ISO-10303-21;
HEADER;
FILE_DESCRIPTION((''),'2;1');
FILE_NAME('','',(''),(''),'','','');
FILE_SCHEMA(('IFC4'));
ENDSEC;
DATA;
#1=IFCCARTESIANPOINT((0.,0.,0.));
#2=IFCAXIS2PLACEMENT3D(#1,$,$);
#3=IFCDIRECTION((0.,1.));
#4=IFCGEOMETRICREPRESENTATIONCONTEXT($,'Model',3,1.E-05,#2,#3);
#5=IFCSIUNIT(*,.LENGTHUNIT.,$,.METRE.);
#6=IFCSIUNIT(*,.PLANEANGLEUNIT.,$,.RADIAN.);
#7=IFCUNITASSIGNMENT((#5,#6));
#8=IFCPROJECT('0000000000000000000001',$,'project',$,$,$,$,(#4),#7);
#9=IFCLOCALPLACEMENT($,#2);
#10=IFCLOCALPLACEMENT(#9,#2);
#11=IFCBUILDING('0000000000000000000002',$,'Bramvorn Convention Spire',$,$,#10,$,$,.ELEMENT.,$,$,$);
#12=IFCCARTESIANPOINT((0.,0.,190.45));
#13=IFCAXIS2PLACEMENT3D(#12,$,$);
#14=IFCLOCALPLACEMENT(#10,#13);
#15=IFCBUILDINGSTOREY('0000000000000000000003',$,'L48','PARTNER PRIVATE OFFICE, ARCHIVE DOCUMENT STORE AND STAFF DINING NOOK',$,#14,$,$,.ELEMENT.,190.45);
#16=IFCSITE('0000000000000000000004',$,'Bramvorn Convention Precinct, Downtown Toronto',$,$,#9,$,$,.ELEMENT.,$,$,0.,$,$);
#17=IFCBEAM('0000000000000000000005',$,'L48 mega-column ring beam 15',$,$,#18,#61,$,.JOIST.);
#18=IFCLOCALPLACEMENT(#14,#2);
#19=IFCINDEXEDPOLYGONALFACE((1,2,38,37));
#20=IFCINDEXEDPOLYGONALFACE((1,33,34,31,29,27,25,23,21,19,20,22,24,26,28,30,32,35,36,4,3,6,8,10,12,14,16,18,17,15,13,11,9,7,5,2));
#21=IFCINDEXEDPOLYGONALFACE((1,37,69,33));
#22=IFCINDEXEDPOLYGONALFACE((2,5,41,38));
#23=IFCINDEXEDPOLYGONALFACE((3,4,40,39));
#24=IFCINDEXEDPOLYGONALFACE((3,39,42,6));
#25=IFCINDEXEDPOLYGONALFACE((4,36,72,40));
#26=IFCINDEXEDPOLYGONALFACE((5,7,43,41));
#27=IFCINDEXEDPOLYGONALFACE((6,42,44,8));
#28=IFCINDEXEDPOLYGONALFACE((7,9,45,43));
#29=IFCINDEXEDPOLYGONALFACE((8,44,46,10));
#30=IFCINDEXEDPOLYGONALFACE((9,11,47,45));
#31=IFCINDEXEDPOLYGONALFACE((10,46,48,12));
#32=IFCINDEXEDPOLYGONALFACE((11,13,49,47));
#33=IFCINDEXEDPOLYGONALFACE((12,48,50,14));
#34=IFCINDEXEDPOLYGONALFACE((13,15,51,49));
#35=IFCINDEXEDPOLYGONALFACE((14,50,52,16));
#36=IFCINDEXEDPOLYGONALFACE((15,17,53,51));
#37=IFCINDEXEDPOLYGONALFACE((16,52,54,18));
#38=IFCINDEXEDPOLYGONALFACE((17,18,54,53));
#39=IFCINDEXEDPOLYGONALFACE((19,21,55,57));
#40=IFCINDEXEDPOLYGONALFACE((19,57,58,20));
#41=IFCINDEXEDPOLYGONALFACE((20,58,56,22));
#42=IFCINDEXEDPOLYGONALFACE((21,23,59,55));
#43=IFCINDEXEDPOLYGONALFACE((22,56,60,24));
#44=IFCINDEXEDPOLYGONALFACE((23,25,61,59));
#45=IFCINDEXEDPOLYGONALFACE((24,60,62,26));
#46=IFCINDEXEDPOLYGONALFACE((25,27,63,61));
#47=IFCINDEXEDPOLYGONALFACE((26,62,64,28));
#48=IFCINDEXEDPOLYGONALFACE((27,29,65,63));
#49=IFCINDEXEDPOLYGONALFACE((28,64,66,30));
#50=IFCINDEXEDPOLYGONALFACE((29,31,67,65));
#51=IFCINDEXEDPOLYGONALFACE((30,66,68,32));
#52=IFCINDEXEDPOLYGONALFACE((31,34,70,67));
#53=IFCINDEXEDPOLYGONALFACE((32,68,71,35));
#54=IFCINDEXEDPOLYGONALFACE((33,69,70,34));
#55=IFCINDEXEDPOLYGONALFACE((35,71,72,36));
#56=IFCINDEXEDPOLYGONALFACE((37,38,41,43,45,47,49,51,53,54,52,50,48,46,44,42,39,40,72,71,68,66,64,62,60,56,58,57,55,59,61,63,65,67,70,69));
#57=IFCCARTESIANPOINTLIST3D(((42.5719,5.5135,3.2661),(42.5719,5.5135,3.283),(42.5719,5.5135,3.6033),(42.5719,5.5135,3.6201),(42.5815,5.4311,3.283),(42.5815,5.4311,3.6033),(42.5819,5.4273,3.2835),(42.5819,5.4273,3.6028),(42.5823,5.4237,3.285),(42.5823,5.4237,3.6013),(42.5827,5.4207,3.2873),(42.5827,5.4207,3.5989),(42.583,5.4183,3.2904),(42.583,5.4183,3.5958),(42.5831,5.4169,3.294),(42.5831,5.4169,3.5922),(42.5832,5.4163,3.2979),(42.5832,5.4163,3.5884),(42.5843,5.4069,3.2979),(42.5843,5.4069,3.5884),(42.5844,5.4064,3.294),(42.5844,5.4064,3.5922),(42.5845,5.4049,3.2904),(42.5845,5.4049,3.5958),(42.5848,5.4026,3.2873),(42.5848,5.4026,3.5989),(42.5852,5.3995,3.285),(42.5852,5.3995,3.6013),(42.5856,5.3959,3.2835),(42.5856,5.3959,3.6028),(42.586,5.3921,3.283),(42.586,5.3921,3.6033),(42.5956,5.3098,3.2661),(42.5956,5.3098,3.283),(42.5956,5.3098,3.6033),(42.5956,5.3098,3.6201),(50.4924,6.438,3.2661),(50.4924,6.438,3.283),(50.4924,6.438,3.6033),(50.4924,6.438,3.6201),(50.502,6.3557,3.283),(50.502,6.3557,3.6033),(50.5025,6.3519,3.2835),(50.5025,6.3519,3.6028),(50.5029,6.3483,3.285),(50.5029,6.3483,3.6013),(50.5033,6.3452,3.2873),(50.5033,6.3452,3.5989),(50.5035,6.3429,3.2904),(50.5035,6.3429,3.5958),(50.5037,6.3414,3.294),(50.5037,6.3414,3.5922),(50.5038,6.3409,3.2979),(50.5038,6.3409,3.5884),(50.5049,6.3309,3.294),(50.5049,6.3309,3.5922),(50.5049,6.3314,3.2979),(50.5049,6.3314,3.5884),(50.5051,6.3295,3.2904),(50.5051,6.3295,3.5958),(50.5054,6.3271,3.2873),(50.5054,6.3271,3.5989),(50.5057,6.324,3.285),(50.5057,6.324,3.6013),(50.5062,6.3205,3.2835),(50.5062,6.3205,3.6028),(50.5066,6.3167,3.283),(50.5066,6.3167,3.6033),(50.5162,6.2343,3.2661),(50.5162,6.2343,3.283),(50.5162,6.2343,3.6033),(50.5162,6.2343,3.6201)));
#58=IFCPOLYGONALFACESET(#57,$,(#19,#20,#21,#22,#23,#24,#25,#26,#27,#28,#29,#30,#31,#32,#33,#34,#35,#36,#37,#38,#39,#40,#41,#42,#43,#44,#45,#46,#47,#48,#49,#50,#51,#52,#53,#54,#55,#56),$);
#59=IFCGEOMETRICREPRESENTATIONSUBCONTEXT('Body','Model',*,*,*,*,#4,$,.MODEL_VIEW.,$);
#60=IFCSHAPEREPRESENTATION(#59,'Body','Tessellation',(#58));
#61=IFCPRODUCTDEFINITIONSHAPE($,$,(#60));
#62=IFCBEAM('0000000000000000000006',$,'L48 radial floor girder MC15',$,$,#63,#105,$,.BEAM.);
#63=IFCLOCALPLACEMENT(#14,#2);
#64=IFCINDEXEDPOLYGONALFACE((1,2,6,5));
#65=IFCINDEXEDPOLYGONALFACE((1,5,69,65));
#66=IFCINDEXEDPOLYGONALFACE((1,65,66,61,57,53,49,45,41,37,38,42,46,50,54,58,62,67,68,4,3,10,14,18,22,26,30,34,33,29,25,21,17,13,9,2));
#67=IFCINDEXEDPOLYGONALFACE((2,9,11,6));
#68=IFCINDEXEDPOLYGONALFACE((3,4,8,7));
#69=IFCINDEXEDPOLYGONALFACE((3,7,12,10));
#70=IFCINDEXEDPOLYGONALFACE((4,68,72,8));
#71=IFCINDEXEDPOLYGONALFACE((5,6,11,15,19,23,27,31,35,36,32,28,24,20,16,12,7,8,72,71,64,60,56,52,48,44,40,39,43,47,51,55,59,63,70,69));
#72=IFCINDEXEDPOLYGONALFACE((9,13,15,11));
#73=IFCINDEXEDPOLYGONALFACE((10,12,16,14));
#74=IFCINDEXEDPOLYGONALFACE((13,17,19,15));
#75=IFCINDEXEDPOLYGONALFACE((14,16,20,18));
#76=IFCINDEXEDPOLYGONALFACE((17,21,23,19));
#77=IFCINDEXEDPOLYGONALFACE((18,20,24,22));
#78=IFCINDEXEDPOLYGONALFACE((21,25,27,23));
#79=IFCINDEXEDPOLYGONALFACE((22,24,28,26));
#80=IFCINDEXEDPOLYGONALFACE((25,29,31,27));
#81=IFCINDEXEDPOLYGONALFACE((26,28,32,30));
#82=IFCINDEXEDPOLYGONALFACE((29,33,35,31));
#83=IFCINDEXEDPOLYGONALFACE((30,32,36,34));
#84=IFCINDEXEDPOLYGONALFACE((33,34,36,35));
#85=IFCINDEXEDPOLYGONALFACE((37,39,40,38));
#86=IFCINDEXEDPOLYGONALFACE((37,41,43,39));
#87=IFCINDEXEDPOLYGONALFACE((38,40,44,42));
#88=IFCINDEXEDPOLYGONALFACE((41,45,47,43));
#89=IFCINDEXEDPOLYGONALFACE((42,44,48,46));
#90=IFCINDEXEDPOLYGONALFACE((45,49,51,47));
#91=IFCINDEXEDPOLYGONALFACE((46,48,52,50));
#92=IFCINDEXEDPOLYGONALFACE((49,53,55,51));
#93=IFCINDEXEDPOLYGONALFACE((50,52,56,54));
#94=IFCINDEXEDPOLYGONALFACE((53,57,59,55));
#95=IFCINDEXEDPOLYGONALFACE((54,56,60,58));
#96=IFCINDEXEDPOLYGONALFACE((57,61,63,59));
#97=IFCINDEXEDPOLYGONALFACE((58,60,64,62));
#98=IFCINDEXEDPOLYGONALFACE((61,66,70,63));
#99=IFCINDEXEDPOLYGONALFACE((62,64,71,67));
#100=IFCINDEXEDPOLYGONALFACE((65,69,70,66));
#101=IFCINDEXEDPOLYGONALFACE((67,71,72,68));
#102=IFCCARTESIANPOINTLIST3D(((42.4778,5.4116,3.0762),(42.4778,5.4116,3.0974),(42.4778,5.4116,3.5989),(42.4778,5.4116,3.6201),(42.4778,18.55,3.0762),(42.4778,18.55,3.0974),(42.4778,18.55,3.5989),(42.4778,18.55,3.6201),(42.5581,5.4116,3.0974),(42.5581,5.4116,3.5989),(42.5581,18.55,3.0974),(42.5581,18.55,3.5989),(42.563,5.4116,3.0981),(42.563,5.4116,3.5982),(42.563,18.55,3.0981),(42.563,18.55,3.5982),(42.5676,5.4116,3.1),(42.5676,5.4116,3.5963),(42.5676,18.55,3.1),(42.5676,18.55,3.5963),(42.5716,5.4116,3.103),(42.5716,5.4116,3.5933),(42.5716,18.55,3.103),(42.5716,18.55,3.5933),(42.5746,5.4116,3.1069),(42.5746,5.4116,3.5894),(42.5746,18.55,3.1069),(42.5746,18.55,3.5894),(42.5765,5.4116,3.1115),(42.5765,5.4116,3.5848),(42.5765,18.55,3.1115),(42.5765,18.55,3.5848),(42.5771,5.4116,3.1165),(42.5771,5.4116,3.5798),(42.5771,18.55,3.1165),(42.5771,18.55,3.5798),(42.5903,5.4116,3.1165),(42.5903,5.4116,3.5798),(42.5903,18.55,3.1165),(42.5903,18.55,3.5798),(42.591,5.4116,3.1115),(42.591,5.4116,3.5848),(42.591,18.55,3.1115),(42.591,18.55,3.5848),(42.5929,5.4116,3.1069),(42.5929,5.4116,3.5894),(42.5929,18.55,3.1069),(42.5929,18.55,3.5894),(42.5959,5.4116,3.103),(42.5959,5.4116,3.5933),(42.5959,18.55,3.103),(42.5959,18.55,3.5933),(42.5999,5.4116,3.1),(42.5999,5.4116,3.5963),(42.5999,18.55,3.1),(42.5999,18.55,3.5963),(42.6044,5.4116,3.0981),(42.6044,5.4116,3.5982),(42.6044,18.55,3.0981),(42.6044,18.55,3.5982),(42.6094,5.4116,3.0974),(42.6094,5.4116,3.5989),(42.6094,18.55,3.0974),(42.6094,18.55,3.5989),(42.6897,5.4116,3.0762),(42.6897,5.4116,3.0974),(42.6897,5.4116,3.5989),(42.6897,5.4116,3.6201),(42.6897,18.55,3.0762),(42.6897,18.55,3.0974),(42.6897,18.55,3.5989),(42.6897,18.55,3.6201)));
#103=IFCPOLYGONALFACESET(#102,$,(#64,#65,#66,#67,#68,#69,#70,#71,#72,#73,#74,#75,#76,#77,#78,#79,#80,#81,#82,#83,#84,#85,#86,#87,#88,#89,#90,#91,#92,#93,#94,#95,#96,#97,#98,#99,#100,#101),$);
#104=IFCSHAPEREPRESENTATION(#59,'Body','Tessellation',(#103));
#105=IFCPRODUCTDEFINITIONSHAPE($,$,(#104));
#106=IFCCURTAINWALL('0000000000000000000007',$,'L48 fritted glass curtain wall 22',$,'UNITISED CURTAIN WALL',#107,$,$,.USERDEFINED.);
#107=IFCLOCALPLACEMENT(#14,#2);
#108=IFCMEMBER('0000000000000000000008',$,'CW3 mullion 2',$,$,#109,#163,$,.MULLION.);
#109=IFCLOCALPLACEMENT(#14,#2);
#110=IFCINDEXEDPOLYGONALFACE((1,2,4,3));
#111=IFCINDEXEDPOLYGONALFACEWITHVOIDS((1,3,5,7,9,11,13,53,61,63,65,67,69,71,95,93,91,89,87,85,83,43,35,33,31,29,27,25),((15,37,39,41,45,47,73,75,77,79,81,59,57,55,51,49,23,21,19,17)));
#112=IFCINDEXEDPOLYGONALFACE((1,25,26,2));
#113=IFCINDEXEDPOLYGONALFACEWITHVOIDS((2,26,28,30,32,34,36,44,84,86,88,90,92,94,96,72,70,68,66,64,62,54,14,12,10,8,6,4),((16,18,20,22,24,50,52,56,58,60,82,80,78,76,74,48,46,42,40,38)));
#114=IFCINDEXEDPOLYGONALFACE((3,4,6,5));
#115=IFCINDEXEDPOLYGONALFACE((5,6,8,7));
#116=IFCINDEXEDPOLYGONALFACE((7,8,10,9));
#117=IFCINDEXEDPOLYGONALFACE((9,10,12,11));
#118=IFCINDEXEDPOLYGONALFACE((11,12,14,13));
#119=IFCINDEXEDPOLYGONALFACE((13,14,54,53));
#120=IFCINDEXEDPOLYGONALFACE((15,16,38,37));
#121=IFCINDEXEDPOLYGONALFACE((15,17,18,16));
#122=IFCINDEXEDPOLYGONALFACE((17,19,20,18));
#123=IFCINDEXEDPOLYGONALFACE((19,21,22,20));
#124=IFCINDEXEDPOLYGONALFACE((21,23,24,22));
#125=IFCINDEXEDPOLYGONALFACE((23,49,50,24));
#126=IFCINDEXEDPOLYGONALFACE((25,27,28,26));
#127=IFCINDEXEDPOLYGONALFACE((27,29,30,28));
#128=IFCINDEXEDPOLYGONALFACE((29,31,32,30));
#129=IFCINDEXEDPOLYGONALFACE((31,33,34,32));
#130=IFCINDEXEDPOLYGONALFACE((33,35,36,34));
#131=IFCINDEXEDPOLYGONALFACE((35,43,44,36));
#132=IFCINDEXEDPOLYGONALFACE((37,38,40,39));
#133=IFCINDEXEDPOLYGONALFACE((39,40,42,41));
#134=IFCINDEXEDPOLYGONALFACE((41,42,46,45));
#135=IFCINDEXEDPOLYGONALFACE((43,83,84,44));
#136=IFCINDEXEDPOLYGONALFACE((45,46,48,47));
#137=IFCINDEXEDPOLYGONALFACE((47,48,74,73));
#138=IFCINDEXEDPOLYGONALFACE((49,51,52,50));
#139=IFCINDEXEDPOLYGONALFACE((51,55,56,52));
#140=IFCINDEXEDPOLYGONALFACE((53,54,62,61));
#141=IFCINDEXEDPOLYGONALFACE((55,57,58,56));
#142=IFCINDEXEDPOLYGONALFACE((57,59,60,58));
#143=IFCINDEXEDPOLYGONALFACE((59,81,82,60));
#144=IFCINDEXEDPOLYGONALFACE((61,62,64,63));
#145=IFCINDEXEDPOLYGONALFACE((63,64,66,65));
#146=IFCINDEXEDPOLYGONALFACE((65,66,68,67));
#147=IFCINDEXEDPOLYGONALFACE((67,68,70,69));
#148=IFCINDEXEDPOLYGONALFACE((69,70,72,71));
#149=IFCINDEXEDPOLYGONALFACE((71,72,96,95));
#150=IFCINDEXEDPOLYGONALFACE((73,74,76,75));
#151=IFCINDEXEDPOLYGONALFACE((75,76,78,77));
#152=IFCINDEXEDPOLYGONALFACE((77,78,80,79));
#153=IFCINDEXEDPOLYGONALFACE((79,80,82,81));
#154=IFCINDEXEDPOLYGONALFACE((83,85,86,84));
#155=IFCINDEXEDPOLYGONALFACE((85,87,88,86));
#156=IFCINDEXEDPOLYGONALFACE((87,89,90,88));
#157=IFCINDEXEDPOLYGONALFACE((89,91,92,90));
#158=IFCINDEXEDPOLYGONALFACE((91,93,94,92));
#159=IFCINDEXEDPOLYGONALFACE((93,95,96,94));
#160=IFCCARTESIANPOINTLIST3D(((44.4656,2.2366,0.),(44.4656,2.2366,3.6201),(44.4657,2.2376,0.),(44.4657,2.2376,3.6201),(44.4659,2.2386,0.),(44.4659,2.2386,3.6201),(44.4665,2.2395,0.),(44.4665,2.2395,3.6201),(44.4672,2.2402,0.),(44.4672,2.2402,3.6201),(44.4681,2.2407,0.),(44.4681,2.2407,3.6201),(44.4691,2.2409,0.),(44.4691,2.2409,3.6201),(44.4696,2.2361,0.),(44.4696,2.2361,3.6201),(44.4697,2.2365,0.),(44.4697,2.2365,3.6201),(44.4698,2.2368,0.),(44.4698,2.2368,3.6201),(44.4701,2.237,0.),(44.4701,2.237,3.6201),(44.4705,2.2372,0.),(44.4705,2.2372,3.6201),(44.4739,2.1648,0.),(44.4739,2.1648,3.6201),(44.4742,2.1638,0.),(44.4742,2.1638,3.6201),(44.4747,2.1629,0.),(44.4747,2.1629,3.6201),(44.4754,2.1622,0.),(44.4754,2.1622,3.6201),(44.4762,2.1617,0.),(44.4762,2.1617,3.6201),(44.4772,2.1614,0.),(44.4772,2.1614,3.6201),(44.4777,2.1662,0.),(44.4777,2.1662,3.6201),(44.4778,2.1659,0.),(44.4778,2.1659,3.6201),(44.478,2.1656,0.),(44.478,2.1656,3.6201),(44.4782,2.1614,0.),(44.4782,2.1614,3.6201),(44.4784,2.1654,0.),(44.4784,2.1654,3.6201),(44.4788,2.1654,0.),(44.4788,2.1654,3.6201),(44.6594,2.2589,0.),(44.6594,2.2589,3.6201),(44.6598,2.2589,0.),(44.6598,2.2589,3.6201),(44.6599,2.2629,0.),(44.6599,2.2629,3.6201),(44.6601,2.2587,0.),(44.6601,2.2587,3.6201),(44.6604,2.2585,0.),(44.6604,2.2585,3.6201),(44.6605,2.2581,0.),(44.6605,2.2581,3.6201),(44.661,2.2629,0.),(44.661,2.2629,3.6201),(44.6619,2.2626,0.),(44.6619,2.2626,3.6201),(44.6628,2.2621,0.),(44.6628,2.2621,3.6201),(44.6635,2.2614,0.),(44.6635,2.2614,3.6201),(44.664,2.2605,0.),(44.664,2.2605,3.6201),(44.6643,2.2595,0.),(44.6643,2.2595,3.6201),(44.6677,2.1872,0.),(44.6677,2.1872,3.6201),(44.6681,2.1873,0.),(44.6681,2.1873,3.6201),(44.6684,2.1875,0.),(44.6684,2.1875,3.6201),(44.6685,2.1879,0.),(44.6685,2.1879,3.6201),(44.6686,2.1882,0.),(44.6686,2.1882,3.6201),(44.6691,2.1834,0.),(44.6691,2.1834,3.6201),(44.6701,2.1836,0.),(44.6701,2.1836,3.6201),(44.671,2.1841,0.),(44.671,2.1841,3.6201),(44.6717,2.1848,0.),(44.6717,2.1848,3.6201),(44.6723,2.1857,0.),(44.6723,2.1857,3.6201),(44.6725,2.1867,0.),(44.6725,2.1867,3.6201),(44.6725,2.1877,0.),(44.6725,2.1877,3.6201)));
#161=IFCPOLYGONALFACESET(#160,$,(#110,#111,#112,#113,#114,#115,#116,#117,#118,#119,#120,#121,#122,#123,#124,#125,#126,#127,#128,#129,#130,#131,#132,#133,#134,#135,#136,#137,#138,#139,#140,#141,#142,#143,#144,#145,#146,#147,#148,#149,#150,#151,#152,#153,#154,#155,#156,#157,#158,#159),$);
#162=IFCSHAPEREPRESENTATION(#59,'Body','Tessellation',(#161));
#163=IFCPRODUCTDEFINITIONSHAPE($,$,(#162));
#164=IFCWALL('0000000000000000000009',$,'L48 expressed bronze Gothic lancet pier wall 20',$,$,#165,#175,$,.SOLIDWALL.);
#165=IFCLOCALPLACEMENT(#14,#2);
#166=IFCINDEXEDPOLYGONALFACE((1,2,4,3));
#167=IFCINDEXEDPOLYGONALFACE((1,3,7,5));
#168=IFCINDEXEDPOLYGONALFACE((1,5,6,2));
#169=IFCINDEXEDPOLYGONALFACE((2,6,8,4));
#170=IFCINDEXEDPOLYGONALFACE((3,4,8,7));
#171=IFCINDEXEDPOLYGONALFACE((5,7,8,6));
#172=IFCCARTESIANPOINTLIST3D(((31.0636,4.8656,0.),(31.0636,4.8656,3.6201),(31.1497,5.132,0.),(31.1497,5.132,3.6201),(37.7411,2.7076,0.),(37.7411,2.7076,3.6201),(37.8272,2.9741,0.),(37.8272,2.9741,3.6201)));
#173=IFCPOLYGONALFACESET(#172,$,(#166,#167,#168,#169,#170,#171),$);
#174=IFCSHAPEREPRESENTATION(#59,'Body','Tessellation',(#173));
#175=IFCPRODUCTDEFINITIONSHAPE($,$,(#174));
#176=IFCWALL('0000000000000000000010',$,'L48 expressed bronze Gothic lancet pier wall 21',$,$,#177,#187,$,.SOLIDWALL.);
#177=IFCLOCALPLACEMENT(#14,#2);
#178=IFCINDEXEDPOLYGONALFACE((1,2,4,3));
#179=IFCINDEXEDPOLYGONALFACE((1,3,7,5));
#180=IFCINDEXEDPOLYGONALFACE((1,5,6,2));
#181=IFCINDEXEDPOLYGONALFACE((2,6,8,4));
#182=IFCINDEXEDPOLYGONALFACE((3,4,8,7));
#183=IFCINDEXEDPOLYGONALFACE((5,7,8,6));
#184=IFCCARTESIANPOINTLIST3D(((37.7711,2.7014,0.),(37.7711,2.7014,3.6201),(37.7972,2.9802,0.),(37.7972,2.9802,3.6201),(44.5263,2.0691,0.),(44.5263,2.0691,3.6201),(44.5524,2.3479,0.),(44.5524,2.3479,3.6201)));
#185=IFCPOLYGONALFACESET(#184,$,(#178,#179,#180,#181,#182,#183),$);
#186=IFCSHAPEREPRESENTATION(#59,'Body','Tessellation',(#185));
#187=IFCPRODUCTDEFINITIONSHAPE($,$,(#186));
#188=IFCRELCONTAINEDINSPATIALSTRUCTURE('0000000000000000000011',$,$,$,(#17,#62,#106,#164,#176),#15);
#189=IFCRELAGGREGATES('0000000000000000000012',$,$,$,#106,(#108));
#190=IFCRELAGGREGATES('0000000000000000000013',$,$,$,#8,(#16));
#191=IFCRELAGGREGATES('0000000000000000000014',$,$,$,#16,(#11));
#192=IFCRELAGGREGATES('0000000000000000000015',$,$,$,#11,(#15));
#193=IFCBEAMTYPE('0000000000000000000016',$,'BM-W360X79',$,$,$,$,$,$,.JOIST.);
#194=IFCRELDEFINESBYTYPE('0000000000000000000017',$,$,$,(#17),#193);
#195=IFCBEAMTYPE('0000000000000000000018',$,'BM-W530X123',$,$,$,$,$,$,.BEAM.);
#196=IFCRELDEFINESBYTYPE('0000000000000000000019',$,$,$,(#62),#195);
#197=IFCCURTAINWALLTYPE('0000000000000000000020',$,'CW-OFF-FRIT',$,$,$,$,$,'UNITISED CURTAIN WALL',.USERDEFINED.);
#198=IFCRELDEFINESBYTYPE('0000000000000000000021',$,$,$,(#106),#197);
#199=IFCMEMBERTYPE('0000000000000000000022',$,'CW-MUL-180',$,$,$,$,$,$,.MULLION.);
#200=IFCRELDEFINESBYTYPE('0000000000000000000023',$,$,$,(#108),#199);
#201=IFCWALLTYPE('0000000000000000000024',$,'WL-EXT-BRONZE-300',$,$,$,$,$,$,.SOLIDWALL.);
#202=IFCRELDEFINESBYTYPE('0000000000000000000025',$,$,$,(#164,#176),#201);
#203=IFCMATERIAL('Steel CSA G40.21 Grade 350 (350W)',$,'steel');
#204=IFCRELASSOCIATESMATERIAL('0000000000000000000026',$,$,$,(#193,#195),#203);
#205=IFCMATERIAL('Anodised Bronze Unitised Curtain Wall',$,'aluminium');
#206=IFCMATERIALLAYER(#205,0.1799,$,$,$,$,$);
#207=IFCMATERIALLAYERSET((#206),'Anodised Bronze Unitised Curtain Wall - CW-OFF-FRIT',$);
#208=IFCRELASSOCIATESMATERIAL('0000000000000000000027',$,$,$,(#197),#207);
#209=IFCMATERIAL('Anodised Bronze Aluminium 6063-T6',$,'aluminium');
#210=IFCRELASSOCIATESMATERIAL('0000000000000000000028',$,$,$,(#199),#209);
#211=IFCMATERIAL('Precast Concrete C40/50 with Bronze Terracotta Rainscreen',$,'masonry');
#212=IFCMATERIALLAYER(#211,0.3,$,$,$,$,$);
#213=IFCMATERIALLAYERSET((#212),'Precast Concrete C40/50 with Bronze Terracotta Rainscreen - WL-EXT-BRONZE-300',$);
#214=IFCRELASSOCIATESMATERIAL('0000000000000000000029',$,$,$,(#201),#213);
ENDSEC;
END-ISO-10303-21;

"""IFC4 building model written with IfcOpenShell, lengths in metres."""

from ifc_helpers import new_model, si_unit, direction, frame, frame_2d, origin, origin_2d, place, context, subcontext, project, spatial, rectangle, hollow_rectangle, i_section, extrude, material, layer, layer_set, material_profile, profile_set, type_object, element, aggregate, save


model = new_model("IFC4")

# Units and contexts
model_context = context("Model", 3, precision=1e-05, world=origin(), true_north=direction((0.0, 1.0)))
body_context = subcontext(model_context, "Body", "Model", "MODEL_VIEW")
ifc_project = project(units=[si_unit("LENGTHUNIT", "METRE"), si_unit("PLANEANGLEUNIT", "RADIAN")], contexts=[model_context])

# Site, building, storey
site_placement = place(None, origin())
site = spatial("IfcSite", under=ifc_project, at=site_placement, Name="Bramvorn Convention Precinct, Downtown Toronto", CompositionType="ELEMENT", RefElevation=0.0)
building_placement = place(site_placement, origin())
building = spatial("IfcBuilding", under=site, at=building_placement, Name="Bramvorn Convention Spire", CompositionType="ELEMENT")
storey_placement = place(building_placement, frame((0.0, 0.0, 190.45)))
storey = spatial("IfcBuildingStorey", under=building, at=storey_placement, Name="L48", Description="PARTNER PRIVATE OFFICE, ARCHIVE DOCUMENT STORE AND STAFF DINING NOOK", CompositionType="ELEMENT", Elevation=190.45)

# Shared definitions
ifc_material_1 = material(Name="Steel CSA G40.21 Grade 350 (350W)", Category="steel")

# Beams
ifc_material_profile_1 = material_profile(ifc_material_1, i_section(OverallWidth=0.2051, OverallDepth=0.354, WebThickness=0.0095, FlangeThickness=0.0168, FilletRadius=0.0149, at=origin_2d()))
ifc_profile_set_1 = profile_set([ifc_material_profile_1], Name="Steel CSA G40.21 Grade 350 (350W) - W360X79")
beam_type_1 = type_object("IfcBeamType", Name="BM-W360X79", PredefinedType="JOIST", material=ifc_profile_set_1)
beam_1_placement = place(storey_placement, frame((42.5837, 5.4116, 3.4431), z_axis=(0.993256, 0.115941, 0.0), x_axis=(-0.115941, 0.993256, 0.0)))
element("IfcBeam", 1, at=beam_1_placement, inside=storey, type_object=beam_type_1, Name="L48 mega-column ring beam 15", PredefinedType="JOIST", context=body_context, shape_type="SweptSolid", body=[
    extrude(i_section(OverallWidth=0.2051, OverallDepth=0.354, WebThickness=0.0095, FlangeThickness=0.0168, FilletRadius=0.0149, at=origin_2d()), origin(), (0.0, 0.0, 1.0), 7.9744),
])
ifc_material_profile_2 = material_profile(ifc_material_1, i_section(OverallWidth=0.2119, OverallDepth=0.5439, WebThickness=0.0132, FlangeThickness=0.0212, FilletRadius=0.019, at=origin_2d()))
ifc_profile_set_2 = profile_set([ifc_material_profile_2], Name="Steel CSA G40.21 Grade 350 (350W) - W530X123")
beam_type_2 = type_object("IfcBeamType", Name="BM-W530X123", PredefinedType="BEAM", material=ifc_profile_set_2)
beam_2_placement = place(storey_placement, frame((42.5837, 18.55, 3.3481), z_axis=(0.0, -1.0, 0.0), x_axis=(1.0, 0.0, 0.0)))
element("IfcBeam", 2, at=beam_2_placement, inside=storey, type_object=beam_type_2, Name="L48 radial floor girder MC15", PredefinedType="BEAM", context=body_context, shape_type="SweptSolid", body=[
    extrude(i_section(OverallWidth=0.2119, OverallDepth=0.5439, WebThickness=0.0132, FlangeThickness=0.0212, FilletRadius=0.019, at=origin_2d()), origin(), (0.0, 0.0, 1.0), 13.1384),
])

# Curtain wall, member
ifc_material_2 = material(Name="Anodised Bronze Unitised Curtain Wall", Category="aluminium")
ifc_layer_1 = layer(ifc_material_2, 0.1799)
ifc_layer_set_1 = layer_set([ifc_layer_1], Name="Anodised Bronze Unitised Curtain Wall - CW-OFF-FRIT")
curtain_wall_type = type_object("IfcCurtainWallType", Name="CW-OFF-FRIT", ElementType="UNITISED CURTAIN WALL", PredefinedType="USERDEFINED", material=ifc_layer_set_1)
curtain_wall_placement = place(storey_placement, origin())
curtain_wall = element("IfcCurtainWall", 3, at=curtain_wall_placement, inside=storey, type_object=curtain_wall_type, Name="L48 fritted glass curtain wall 22", ObjectType="UNITISED CURTAIN WALL", PredefinedType="USERDEFINED")
ifc_material_3 = material(Name="Anodised Bronze Aluminium 6063-T6", Category="aluminium")
ifc_material_profile_3 = material_profile(ifc_material_3, hollow_rectangle(XDim=0.0801, YDim=0.2, WallThickness=0.0039, InnerFilletRadius=0.001, OuterFilletRadius=0.0039, at=origin_2d()))
ifc_profile_set_3 = profile_set([ifc_material_profile_3], Name="Anodised Bronze Aluminium 6063-T6 - CWM80X200")
member_type = type_object("IfcMemberType", Name="CW-MUL-180", PredefinedType="MULLION", material=ifc_profile_set_3)
member_placement = place(storey_placement, frame((44.5691, 2.2122, 0.0), z_axis=(0.0, 0.0, 1.0), x_axis=(0.114577, -0.993414, 0.0)))
member = element("IfcMember", 4, at=member_placement, type_object=member_type, Name="CW3 mullion 2", PredefinedType="MULLION", context=body_context, shape_type="SweptSolid", body=[
    extrude(hollow_rectangle(XDim=0.0801, YDim=0.2, WallThickness=0.0039, InnerFilletRadius=0.001, OuterFilletRadius=0.0039, at=origin_2d()), origin(), (0.0, 0.0, 1.0), 3.6201),
])
aggregate(curtain_wall, [member])

# Walls
ifc_material_4 = material(Name="Precast Concrete C40/50 with Bronze Terracotta Rainscreen", Category="masonry")
ifc_layer_2 = layer(ifc_material_4, 0.3)
ifc_layer_set_2 = layer_set([ifc_layer_2], Name="Precast Concrete C40/50 with Bronze Terracotta Rainscreen - WL-EXT-BRONZE-300")
wall_type_1 = type_object("IfcWallType", Name="WL-EXT-BRONZE-300", PredefinedType="SOLIDWALL", material=ifc_layer_set_2)
wall_1_placement = place(storey_placement, frame((37.7842, 2.8408, 0.0), z_axis=(0.0, 0.0, 1.0), x_axis=(-0.951545, 0.30751, 0.0)))
element("IfcWall", 5, at=wall_1_placement, inside=storey, type_object=wall_type_1, Name="L48 expressed bronze Gothic lancet pier wall 20", PredefinedType="SOLIDWALL", context=body_context, shape_type="SweptSolid", body=[
    extrude(rectangle(XDim=7.0176, YDim=0.28, at=frame_2d((3.5088, 0.0))), origin(), (0.0, 0.0, 1.0), 3.6201),
])
wall_2_placement = place(storey_placement, frame((44.5393, 2.2085, 0.0), z_axis=(0.0, 0.0, 1.0), x_axis=(-0.995647, 0.093199, 0.0)))
element("IfcWall", 6, at=wall_2_placement, inside=storey, type_object=wall_type_1, Name="L48 expressed bronze Gothic lancet pier wall 21", PredefinedType="SOLIDWALL", context=body_context, shape_type="SweptSolid", body=[
    extrude(rectangle(XDim=6.7847, YDim=0.28, at=frame_2d((3.3923, 0.0))), origin(), (0.0, 0.0, 1.0), 3.6201),
])

save(model, "model.ifc")
